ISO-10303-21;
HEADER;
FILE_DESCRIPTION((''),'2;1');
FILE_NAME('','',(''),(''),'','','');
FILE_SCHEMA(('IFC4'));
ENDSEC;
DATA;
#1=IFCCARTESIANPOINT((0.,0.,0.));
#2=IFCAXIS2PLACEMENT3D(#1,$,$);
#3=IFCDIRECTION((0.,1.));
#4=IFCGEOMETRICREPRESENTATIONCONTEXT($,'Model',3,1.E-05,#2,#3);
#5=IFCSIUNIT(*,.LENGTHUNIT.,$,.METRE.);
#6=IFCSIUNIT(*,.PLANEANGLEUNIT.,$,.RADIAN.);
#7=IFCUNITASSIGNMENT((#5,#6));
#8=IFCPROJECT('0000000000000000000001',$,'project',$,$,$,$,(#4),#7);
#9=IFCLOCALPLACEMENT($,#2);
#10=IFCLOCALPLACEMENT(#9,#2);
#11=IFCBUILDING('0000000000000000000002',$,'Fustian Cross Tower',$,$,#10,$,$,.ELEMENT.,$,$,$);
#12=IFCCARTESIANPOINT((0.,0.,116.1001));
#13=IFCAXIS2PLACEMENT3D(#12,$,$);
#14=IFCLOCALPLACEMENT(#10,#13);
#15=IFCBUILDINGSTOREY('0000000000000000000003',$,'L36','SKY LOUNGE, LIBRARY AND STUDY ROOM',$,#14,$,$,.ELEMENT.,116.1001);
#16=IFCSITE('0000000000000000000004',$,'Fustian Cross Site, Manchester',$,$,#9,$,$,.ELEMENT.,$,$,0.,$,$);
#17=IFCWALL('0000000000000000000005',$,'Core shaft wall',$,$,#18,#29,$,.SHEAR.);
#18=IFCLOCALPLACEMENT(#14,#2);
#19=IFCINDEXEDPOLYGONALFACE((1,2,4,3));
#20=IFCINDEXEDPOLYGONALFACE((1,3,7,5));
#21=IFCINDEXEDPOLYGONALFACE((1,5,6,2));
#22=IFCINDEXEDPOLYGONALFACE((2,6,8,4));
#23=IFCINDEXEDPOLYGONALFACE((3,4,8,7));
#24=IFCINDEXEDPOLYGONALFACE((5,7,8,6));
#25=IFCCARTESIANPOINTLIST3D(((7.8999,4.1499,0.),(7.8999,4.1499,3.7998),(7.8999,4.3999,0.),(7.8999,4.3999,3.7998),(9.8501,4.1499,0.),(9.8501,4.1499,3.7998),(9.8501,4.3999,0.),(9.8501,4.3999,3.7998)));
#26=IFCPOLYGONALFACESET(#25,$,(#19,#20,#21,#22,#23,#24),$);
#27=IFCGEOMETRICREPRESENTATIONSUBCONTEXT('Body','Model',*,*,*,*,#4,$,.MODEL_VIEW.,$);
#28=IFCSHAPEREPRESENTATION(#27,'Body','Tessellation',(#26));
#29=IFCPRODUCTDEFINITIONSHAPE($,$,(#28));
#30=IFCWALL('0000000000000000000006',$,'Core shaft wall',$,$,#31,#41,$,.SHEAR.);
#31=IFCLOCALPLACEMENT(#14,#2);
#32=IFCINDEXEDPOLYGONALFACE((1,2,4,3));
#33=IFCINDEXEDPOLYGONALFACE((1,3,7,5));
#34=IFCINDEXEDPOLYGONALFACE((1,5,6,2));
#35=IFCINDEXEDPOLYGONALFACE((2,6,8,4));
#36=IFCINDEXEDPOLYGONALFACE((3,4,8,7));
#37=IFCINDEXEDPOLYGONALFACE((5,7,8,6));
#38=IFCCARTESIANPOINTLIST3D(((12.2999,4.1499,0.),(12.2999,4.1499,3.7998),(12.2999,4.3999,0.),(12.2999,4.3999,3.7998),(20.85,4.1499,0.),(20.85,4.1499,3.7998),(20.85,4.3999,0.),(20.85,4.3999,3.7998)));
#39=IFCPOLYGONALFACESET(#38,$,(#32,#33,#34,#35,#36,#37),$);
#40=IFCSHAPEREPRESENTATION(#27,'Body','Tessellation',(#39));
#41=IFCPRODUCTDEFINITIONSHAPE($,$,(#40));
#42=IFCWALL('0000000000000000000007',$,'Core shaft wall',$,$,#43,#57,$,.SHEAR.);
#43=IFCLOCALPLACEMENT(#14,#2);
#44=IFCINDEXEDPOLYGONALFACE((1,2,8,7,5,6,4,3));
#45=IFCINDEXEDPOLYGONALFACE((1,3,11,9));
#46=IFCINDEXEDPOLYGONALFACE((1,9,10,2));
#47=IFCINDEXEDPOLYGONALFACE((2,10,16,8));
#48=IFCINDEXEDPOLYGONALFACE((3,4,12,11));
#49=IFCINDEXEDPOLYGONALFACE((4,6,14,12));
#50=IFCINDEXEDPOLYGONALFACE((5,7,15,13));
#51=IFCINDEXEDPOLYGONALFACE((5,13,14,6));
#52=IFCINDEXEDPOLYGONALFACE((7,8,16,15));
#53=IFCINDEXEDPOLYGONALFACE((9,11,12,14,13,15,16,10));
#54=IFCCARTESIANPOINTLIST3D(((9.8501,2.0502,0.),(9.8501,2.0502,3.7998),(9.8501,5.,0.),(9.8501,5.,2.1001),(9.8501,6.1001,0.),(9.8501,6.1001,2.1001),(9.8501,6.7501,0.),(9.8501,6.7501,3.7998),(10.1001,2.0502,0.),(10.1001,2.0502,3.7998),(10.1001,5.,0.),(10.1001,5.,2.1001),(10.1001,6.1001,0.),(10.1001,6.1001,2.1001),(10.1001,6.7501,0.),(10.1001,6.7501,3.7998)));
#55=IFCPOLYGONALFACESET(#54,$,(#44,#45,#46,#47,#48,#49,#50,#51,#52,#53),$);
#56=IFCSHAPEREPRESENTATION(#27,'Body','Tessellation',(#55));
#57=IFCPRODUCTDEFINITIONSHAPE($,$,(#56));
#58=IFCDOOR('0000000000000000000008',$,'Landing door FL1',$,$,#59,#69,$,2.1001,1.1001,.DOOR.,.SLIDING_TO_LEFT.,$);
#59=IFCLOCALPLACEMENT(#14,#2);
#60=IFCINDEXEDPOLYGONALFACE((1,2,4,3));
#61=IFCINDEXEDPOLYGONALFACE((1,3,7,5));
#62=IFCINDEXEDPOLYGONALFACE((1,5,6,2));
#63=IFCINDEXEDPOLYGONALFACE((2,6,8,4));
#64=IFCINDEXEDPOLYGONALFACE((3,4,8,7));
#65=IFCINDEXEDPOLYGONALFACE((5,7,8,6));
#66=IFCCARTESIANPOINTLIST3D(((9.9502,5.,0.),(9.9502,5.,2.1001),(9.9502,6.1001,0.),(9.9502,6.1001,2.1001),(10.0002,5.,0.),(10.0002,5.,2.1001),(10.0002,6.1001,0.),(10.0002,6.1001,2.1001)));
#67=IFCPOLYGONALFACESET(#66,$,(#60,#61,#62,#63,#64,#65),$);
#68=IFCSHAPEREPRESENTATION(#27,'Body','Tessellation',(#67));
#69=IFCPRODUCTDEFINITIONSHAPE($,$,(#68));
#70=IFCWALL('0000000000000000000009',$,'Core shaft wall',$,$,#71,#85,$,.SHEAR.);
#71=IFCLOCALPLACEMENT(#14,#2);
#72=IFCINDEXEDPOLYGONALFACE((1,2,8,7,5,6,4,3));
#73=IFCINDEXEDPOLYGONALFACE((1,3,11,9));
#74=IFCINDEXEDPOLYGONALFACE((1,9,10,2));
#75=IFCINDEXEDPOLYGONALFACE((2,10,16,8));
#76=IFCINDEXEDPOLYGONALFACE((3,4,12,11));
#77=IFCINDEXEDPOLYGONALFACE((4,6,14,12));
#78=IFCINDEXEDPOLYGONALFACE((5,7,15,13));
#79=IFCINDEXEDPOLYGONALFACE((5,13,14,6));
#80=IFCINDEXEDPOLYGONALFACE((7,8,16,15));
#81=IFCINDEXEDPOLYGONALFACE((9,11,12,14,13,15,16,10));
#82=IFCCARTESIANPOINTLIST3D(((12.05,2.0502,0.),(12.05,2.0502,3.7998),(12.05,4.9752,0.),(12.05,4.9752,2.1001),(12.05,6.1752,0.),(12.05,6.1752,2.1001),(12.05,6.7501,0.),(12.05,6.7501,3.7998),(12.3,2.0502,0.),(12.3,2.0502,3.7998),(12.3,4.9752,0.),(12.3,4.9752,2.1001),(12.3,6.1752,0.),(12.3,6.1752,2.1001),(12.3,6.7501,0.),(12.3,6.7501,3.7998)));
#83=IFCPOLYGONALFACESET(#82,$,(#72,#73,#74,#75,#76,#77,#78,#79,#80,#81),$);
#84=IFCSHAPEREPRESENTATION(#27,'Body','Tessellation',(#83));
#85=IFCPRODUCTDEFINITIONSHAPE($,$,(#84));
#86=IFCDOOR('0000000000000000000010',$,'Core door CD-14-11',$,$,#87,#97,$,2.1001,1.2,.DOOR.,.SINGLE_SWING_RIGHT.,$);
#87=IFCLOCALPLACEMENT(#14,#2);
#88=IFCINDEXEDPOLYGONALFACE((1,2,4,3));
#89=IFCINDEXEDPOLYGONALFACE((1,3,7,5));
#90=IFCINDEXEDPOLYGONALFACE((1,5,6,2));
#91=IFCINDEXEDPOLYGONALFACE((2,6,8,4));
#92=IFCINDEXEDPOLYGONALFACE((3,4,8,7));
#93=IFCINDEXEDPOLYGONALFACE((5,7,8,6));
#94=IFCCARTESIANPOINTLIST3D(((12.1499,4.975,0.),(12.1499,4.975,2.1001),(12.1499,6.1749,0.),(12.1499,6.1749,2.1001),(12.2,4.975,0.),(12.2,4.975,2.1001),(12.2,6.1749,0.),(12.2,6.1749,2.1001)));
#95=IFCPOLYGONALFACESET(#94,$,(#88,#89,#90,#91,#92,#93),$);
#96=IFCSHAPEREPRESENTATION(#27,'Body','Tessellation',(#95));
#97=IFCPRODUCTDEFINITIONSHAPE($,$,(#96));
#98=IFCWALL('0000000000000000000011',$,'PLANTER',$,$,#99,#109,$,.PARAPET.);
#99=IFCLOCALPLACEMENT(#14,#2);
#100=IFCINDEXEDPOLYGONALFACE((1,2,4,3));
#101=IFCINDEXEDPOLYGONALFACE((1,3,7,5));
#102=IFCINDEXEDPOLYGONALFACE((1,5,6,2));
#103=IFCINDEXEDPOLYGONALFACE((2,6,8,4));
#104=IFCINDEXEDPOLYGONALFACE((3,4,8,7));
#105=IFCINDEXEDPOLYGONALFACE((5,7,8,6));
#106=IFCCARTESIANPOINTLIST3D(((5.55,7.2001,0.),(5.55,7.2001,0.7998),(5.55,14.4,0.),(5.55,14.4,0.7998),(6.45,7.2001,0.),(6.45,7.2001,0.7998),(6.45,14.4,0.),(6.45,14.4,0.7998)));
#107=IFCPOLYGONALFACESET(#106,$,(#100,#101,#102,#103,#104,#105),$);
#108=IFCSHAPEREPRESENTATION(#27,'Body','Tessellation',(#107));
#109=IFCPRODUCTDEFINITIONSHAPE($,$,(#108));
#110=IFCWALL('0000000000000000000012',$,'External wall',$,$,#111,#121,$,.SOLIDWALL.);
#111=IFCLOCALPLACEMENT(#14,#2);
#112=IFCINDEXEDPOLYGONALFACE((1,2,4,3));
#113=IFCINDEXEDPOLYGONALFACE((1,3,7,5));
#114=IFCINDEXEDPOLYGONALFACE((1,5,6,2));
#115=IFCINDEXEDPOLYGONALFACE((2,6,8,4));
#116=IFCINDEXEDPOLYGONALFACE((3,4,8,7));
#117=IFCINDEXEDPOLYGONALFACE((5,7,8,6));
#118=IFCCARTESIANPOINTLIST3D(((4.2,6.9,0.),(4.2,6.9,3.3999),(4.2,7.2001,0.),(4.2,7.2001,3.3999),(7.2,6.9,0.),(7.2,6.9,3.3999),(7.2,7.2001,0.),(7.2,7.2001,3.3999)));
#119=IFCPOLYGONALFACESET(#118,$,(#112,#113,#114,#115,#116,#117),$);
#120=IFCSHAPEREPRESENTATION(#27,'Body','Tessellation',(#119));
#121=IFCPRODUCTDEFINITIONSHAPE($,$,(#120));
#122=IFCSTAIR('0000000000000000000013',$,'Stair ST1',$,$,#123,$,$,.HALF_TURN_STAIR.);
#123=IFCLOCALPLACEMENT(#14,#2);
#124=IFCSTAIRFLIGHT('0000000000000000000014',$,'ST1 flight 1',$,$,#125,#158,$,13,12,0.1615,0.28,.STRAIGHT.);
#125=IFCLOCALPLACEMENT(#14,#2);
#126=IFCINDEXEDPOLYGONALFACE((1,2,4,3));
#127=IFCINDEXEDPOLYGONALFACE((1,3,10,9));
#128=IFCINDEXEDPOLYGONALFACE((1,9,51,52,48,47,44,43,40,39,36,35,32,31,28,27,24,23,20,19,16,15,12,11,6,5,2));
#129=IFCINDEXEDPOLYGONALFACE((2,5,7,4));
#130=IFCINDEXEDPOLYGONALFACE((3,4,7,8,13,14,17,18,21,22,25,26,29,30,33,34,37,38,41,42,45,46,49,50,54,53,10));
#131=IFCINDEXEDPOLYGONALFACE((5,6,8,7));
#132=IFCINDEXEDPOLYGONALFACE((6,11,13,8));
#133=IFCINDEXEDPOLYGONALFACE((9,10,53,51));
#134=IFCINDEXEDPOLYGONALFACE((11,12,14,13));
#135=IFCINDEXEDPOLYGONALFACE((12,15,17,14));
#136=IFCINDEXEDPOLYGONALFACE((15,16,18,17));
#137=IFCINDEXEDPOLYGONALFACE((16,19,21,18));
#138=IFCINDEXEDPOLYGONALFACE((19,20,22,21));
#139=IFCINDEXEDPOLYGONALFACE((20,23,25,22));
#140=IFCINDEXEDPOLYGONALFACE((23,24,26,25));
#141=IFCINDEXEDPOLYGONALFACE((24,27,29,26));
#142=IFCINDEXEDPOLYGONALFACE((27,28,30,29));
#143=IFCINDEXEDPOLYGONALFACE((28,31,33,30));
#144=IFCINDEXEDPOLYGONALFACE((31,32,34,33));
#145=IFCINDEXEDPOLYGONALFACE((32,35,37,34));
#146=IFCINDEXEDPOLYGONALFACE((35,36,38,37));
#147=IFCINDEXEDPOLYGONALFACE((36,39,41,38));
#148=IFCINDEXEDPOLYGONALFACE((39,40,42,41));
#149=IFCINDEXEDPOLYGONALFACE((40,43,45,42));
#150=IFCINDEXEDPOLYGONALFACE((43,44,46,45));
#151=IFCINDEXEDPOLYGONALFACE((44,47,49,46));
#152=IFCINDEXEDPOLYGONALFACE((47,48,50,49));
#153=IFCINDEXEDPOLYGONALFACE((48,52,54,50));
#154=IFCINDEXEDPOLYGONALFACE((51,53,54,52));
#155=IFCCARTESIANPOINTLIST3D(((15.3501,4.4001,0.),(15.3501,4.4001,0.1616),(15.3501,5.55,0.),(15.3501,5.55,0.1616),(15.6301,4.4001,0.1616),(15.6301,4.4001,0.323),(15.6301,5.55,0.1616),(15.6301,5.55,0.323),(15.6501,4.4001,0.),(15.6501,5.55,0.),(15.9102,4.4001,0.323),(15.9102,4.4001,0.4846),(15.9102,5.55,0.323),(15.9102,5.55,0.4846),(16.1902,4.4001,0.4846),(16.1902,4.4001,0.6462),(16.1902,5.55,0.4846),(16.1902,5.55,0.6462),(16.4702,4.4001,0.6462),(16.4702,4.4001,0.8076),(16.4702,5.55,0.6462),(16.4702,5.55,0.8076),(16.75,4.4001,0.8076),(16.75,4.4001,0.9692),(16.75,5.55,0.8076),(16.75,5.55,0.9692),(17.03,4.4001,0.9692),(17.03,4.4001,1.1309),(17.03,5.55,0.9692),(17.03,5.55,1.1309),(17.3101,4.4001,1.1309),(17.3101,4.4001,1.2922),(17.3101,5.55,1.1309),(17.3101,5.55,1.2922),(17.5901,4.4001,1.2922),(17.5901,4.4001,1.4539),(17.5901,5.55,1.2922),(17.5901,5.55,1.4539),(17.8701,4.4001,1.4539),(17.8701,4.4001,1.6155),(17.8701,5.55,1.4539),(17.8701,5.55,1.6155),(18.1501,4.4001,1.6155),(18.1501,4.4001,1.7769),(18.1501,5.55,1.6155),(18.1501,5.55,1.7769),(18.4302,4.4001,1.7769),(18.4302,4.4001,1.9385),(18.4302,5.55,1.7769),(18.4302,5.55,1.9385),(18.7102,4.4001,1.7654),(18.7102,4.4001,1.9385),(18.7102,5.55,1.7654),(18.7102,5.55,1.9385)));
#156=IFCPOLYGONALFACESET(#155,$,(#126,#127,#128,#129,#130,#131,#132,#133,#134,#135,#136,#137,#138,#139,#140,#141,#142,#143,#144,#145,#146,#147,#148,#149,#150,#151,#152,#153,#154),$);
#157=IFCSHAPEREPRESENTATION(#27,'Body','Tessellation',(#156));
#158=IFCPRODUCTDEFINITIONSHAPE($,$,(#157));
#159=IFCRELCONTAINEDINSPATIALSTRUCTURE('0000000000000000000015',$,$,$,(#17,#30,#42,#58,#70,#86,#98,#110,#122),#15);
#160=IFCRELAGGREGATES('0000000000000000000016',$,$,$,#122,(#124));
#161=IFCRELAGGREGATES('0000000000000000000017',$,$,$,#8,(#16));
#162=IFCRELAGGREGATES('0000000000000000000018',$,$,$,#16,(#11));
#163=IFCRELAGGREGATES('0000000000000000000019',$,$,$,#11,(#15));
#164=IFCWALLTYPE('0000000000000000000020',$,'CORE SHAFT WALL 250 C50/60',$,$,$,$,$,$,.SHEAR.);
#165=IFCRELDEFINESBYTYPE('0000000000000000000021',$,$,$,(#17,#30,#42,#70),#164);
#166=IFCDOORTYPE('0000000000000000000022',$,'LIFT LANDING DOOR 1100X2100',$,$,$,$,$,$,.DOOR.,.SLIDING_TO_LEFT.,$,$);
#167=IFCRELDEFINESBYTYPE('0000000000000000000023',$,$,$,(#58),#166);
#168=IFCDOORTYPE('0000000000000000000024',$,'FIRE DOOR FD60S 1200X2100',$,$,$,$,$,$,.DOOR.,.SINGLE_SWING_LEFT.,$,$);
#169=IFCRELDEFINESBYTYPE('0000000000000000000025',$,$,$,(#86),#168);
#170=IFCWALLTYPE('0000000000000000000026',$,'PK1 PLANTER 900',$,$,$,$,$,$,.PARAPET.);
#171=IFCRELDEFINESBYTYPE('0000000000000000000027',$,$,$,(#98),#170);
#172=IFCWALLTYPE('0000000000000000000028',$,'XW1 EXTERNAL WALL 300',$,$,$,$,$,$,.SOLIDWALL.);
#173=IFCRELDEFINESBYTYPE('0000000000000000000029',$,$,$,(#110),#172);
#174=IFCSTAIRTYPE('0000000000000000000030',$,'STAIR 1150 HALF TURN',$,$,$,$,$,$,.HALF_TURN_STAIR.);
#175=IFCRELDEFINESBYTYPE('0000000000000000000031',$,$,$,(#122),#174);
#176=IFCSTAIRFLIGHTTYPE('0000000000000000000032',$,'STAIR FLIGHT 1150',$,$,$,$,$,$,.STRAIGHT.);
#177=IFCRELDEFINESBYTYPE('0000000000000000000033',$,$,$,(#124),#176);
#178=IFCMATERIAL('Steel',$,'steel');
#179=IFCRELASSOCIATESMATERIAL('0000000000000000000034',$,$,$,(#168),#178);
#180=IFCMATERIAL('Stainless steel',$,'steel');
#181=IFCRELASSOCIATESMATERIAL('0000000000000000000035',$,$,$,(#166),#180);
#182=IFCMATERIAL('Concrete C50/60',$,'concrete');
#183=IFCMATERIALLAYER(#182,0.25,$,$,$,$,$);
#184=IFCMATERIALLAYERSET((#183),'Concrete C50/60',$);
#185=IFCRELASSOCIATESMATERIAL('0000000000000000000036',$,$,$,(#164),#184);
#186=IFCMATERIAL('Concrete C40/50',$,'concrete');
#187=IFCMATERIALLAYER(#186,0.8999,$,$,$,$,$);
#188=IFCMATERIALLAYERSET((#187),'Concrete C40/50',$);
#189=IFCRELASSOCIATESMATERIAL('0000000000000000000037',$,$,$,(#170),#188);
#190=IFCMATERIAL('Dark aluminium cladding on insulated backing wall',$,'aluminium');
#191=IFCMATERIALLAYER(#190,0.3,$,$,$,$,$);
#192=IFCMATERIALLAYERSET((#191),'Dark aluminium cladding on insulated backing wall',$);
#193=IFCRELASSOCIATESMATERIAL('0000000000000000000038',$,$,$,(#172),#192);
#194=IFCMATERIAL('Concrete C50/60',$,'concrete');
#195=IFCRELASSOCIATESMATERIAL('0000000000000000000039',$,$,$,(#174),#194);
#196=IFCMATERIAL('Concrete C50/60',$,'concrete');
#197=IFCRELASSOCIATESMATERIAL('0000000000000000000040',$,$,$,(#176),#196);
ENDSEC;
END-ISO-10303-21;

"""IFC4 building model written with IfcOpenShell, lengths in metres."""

from ifc_helpers import new_model, si_unit, direction, frame, frame_2d, origin, place, context, subcontext, project, spatial, polyline, rectangle, outline, extrude, material, layer, layer_set, type_object, element, fill, aggregate, save


model = new_model("IFC4")

# Units and contexts
model_context = context("Model", 3, precision=1e-05, world=origin(), true_north=direction((0.0, 1.0)))
body_context = subcontext(model_context, "Body", "Model", "MODEL_VIEW")
ifc_project = project(units=[si_unit("LENGTHUNIT", "METRE"), si_unit("PLANEANGLEUNIT", "RADIAN")], contexts=[model_context])

# Site, building, storey
site_placement = place(None, origin())
site = spatial("IfcSite", under=ifc_project, at=site_placement, Name="Fustian Cross Site, Manchester", CompositionType="ELEMENT", RefElevation=0.0)
building_placement = place(site_placement, origin())
building = spatial("IfcBuilding", under=site, at=building_placement, Name="Fustian Cross Tower", CompositionType="ELEMENT")
storey_placement = place(building_placement, frame((0.0, 0.0, 116.1001)))
storey = spatial("IfcBuildingStorey", under=building, at=storey_placement, Name="L36", Description="SKY LOUNGE, LIBRARY AND STUDY ROOM", CompositionType="ELEMENT", Elevation=116.1001)

# Shared definitions
ifc_material_1 = material(Name="Steel", Category="steel")
door_type_1 = type_object("IfcDoorType", Name="FIRE DOOR FD60S 1200X2100", OperationType="SINGLE_SWING_LEFT", PredefinedType="DOOR", material=ifc_material_1)
ifc_material_2 = material(Name="Stainless steel", Category="steel")
door_type_2 = type_object("IfcDoorType", Name="LIFT LANDING DOOR 1100X2100", OperationType="SLIDING_TO_LEFT", PredefinedType="DOOR", material=ifc_material_2)

# Walls
ifc_material_3 = material(Name="Concrete C50/60", Category="concrete")
ifc_layer_1 = layer(ifc_material_3, 0.25)
ifc_layer_set_1 = layer_set([ifc_layer_1], Name="Concrete C50/60")
wall_type_1 = type_object("IfcWallType", Name="CORE SHAFT WALL 250 C50/60", PredefinedType="SHEAR", material=ifc_layer_set_1)
wall_1_placement = place(storey_placement, frame((7.8999, 4.2749, 0.0), z_axis=(0.0, 0.0, 1.0), x_axis=(1.0, 0.0, 0.0)))
element("IfcWall", 1, at=wall_1_placement, inside=storey, type_object=wall_type_1, Name="Core shaft wall", PredefinedType="SHEAR", context=body_context, shape_type="SweptSolid", body=[
    extrude(rectangle(XDim=1.9502, YDim=0.25, at=frame_2d((0.9751, 0.0))), origin(), (0.0, 0.0, 1.0), 3.7998),
])
wall_2_placement = place(storey_placement, frame((12.3, 4.2749, 0.0), z_axis=(0.0, 0.0, 1.0), x_axis=(1.0, 0.0, 0.0)))
element("IfcWall", 2, at=wall_2_placement, inside=storey, type_object=wall_type_1, Name="Core shaft wall", PredefinedType="SHEAR", context=body_context, shape_type="SweptSolid", body=[
    extrude(rectangle(XDim=8.55, YDim=0.25, at=frame_2d((4.2749, 0.0))), origin(), (0.0, 0.0, 1.0), 3.7998),
])

# Walls, openings, doors
wall_3_placement = place(storey_placement, frame((9.9751, 2.05, 0.0), z_axis=(0.0, 0.0, 1.0), x_axis=(0.0, 1.0, 0.0)))
wall_3 = element("IfcWall", 3, at=wall_3_placement, inside=storey, type_object=wall_type_1, Name="Core shaft wall", PredefinedType="SHEAR", context=body_context, shape_type="SweptSolid", body=[
    extrude(rectangle(XDim=4.7, YDim=0.25, at=frame_2d((2.3501, 0.0))), origin(), (0.0, 0.0, 1.0), 3.7998),
])
opening_1_placement = place(wall_3_placement, frame((2.95, 0.0, 0.0)))
opening_1 = element("IfcOpeningElement", 4, at=opening_1_placement, cuts=wall_3, PredefinedType="OPENING", context=body_context, shape_type="SweptSolid", body=[
    extrude(rectangle(XDim=1.1001, YDim=2.1001, at=frame_2d((0.55, 1.05))), frame((0.0, 0.135, 0.0), z_axis=(0.0, -1.0, 0.0), x_axis=(1.0, 0.0, 0.0)), (0.0, 0.0, 1.0), 0.27),
])
door_1_placement = place(opening_1_placement, origin())
door_1 = element("IfcDoor", 5, at=door_1_placement, inside=storey, type_object=door_type_2, Name="Landing door FL1", OperationType="SLIDING_TO_LEFT", OverallHeight=2.1001, OverallWidth=1.1001, PredefinedType="DOOR", context=body_context, shape_type="SweptSolid", body=[
    extrude(rectangle(XDim=1.1001, YDim=2.1001, at=frame_2d((0.55, 1.05))), frame((0.0, 0.0249, 0.0), z_axis=(0.0, -1.0, 0.0), x_axis=(1.0, 0.0, 0.0)), (0.0, 0.0, 1.0), 0.05),
])
fill(opening_1, door_1)
wall_4_placement = place(storey_placement, frame((12.175, 2.05, 0.0), z_axis=(0.0, 0.0, 1.0), x_axis=(0.0, 1.0, 0.0)))
wall_4 = element("IfcWall", 6, at=wall_4_placement, inside=storey, type_object=wall_type_1, Name="Core shaft wall", PredefinedType="SHEAR", context=body_context, shape_type="SweptSolid", body=[
    extrude(rectangle(XDim=4.7, YDim=0.25, at=frame_2d((2.3501, 0.0))), origin(), (0.0, 0.0, 1.0), 3.7998),
])
opening_2_placement = place(wall_4_placement, frame((2.925, 0.0, 0.0)))
opening_2 = element("IfcOpeningElement", 7, at=opening_2_placement, cuts=wall_4, PredefinedType="OPENING", context=body_context, shape_type="SweptSolid", body=[
    extrude(rectangle(XDim=1.2, YDim=2.1001, at=frame_2d((0.6001, 1.05))), frame((0.0, 0.135, 0.0), z_axis=(0.0, -1.0, 0.0), x_axis=(1.0, 0.0, 0.0)), (0.0, 0.0, 1.0), 0.27),
])
door_2_placement = place(opening_2_placement, frame((1.2, 0.0, 0.0), z_axis=(0.0, 0.0, 1.0), x_axis=(-1.0, 0.0, 0.0)))
door_2 = element("IfcDoor", 8, at=door_2_placement, inside=storey, type_object=door_type_1, Name="Core door CD-14-11", OperationType="SINGLE_SWING_RIGHT", OverallHeight=2.1001, OverallWidth=1.2, PredefinedType="DOOR", context=body_context, shape_type="SweptSolid", body=[
    extrude(rectangle(XDim=1.2, YDim=2.1001, at=frame_2d((0.6001, 1.05))), frame((0.0, 0.0249, 0.0), z_axis=(0.0, -1.0, 0.0), x_axis=(1.0, 0.0, 0.0)), (0.0, 0.0, 1.0), 0.05),
])
fill(opening_2, door_2)

# Walls
ifc_material_4 = material(Name="Concrete C40/50", Category="concrete")
ifc_layer_2 = layer(ifc_material_4, 0.8999)
ifc_layer_set_2 = layer_set([ifc_layer_2], Name="Concrete C40/50")
wall_type_2 = type_object("IfcWallType", Name="PK1 PLANTER 900", PredefinedType="PARAPET", material=ifc_layer_set_2)
wall_5_placement = place(storey_placement, frame((6.0, 7.2, 0.0), z_axis=(0.0, 0.0, 1.0), x_axis=(0.0, 1.0, 0.0)))
element("IfcWall", 9, at=wall_5_placement, inside=storey, type_object=wall_type_2, Name="PLANTER", PredefinedType="PARAPET", context=body_context, shape_type="SweptSolid", body=[
    extrude(rectangle(XDim=7.2, YDim=0.8999, at=frame_2d((3.6001, 0.0))), origin(), (0.0, 0.0, 1.0), 0.7998),
])
ifc_material_5 = material(Name="Dark aluminium cladding on insulated backing wall", Category="aluminium")
ifc_layer_3 = layer(ifc_material_5, 0.3)
ifc_layer_set_3 = layer_set([ifc_layer_3], Name="Dark aluminium cladding on insulated backing wall")
wall_type_3 = type_object("IfcWallType", Name="XW1 EXTERNAL WALL 300", PredefinedType="SOLIDWALL", material=ifc_layer_set_3)
wall_6_placement = place(storey_placement, frame((7.2, 7.05, 0.0), z_axis=(0.0, 0.0, 1.0), x_axis=(-1.0, 0.0, 0.0)))
element("IfcWall", 10, at=wall_6_placement, inside=storey, type_object=wall_type_3, Name="External wall", PredefinedType="SOLIDWALL", context=body_context, shape_type="SweptSolid", body=[
    extrude(rectangle(XDim=3.0, YDim=0.3, at=frame_2d((1.5, 0.0))), origin(), (0.0, 0.0, 1.0), 3.3999),
])

# Stair, stair flight
ifc_material_6 = material(Name="Concrete C50/60", Category="concrete")
stair_type = type_object("IfcStairType", Name="STAIR 1150 HALF TURN", PredefinedType="HALF_TURN_STAIR", material=ifc_material_6)
stair_placement = place(storey_placement, origin())
stair = element("IfcStair", 11, at=stair_placement, inside=storey, type_object=stair_type, Name="Stair ST1", PredefinedType="HALF_TURN_STAIR")
ifc_material_7 = material(Name="Concrete C50/60", Category="concrete")
stair_flight_type = type_object("IfcStairFlightType", Name="STAIR FLIGHT 1150", PredefinedType="STRAIGHT", material=ifc_material_7)
stair_flight_placement = place(storey_placement, frame((15.3501, 4.9751, 0.0), z_axis=(0.0, 0.0, 1.0), x_axis=(1.0, 0.0, 0.0)))
stair_flight = element("IfcStairFlight", 12, at=stair_flight_placement, type_object=stair_flight_type, Name="ST1 flight 1", NumberOfRisers=13, NumberOfTreads=12, PredefinedType="STRAIGHT", RiserHeight=0.1615, TreadLength=0.28, context=body_context, shape_type="SweptSolid", body=[
    extrude(outline(polyline([(0.0, 0.0), (0.0, 0.1616), (0.28, 0.1616), (0.28, 0.323), (0.5601, 0.323), (0.5601, 0.4846), (0.8401, 0.4846), (0.8401, 0.6462), (1.1201, 0.6462), (1.1201, 0.8076), (1.3999, 0.8076), (1.3999, 0.9692), (1.6799, 0.9692), (1.6799, 1.1309), (1.96, 1.1309), (1.96, 1.2922), (2.24, 1.2922), (2.24, 1.4539), (2.52, 1.4539), (2.52, 1.6155), (2.8, 1.6155), (2.8, 1.7769), (3.0801, 1.7769), (3.0801, 1.9385), (3.3601, 1.9385), (3.3601, 2.1001), (3.3601, 1.7654), (0.3, 0.0), (0.0, 0.0)])), frame((0.0, 0.575, 0.0), z_axis=(0.0, -1.0, 0.0), x_axis=(1.0, 0.0, 0.0)), (0.0, 0.0, 1.0), 1.1499),
])
aggregate(stair, [stair_flight])

save(model, "model.ifc")
